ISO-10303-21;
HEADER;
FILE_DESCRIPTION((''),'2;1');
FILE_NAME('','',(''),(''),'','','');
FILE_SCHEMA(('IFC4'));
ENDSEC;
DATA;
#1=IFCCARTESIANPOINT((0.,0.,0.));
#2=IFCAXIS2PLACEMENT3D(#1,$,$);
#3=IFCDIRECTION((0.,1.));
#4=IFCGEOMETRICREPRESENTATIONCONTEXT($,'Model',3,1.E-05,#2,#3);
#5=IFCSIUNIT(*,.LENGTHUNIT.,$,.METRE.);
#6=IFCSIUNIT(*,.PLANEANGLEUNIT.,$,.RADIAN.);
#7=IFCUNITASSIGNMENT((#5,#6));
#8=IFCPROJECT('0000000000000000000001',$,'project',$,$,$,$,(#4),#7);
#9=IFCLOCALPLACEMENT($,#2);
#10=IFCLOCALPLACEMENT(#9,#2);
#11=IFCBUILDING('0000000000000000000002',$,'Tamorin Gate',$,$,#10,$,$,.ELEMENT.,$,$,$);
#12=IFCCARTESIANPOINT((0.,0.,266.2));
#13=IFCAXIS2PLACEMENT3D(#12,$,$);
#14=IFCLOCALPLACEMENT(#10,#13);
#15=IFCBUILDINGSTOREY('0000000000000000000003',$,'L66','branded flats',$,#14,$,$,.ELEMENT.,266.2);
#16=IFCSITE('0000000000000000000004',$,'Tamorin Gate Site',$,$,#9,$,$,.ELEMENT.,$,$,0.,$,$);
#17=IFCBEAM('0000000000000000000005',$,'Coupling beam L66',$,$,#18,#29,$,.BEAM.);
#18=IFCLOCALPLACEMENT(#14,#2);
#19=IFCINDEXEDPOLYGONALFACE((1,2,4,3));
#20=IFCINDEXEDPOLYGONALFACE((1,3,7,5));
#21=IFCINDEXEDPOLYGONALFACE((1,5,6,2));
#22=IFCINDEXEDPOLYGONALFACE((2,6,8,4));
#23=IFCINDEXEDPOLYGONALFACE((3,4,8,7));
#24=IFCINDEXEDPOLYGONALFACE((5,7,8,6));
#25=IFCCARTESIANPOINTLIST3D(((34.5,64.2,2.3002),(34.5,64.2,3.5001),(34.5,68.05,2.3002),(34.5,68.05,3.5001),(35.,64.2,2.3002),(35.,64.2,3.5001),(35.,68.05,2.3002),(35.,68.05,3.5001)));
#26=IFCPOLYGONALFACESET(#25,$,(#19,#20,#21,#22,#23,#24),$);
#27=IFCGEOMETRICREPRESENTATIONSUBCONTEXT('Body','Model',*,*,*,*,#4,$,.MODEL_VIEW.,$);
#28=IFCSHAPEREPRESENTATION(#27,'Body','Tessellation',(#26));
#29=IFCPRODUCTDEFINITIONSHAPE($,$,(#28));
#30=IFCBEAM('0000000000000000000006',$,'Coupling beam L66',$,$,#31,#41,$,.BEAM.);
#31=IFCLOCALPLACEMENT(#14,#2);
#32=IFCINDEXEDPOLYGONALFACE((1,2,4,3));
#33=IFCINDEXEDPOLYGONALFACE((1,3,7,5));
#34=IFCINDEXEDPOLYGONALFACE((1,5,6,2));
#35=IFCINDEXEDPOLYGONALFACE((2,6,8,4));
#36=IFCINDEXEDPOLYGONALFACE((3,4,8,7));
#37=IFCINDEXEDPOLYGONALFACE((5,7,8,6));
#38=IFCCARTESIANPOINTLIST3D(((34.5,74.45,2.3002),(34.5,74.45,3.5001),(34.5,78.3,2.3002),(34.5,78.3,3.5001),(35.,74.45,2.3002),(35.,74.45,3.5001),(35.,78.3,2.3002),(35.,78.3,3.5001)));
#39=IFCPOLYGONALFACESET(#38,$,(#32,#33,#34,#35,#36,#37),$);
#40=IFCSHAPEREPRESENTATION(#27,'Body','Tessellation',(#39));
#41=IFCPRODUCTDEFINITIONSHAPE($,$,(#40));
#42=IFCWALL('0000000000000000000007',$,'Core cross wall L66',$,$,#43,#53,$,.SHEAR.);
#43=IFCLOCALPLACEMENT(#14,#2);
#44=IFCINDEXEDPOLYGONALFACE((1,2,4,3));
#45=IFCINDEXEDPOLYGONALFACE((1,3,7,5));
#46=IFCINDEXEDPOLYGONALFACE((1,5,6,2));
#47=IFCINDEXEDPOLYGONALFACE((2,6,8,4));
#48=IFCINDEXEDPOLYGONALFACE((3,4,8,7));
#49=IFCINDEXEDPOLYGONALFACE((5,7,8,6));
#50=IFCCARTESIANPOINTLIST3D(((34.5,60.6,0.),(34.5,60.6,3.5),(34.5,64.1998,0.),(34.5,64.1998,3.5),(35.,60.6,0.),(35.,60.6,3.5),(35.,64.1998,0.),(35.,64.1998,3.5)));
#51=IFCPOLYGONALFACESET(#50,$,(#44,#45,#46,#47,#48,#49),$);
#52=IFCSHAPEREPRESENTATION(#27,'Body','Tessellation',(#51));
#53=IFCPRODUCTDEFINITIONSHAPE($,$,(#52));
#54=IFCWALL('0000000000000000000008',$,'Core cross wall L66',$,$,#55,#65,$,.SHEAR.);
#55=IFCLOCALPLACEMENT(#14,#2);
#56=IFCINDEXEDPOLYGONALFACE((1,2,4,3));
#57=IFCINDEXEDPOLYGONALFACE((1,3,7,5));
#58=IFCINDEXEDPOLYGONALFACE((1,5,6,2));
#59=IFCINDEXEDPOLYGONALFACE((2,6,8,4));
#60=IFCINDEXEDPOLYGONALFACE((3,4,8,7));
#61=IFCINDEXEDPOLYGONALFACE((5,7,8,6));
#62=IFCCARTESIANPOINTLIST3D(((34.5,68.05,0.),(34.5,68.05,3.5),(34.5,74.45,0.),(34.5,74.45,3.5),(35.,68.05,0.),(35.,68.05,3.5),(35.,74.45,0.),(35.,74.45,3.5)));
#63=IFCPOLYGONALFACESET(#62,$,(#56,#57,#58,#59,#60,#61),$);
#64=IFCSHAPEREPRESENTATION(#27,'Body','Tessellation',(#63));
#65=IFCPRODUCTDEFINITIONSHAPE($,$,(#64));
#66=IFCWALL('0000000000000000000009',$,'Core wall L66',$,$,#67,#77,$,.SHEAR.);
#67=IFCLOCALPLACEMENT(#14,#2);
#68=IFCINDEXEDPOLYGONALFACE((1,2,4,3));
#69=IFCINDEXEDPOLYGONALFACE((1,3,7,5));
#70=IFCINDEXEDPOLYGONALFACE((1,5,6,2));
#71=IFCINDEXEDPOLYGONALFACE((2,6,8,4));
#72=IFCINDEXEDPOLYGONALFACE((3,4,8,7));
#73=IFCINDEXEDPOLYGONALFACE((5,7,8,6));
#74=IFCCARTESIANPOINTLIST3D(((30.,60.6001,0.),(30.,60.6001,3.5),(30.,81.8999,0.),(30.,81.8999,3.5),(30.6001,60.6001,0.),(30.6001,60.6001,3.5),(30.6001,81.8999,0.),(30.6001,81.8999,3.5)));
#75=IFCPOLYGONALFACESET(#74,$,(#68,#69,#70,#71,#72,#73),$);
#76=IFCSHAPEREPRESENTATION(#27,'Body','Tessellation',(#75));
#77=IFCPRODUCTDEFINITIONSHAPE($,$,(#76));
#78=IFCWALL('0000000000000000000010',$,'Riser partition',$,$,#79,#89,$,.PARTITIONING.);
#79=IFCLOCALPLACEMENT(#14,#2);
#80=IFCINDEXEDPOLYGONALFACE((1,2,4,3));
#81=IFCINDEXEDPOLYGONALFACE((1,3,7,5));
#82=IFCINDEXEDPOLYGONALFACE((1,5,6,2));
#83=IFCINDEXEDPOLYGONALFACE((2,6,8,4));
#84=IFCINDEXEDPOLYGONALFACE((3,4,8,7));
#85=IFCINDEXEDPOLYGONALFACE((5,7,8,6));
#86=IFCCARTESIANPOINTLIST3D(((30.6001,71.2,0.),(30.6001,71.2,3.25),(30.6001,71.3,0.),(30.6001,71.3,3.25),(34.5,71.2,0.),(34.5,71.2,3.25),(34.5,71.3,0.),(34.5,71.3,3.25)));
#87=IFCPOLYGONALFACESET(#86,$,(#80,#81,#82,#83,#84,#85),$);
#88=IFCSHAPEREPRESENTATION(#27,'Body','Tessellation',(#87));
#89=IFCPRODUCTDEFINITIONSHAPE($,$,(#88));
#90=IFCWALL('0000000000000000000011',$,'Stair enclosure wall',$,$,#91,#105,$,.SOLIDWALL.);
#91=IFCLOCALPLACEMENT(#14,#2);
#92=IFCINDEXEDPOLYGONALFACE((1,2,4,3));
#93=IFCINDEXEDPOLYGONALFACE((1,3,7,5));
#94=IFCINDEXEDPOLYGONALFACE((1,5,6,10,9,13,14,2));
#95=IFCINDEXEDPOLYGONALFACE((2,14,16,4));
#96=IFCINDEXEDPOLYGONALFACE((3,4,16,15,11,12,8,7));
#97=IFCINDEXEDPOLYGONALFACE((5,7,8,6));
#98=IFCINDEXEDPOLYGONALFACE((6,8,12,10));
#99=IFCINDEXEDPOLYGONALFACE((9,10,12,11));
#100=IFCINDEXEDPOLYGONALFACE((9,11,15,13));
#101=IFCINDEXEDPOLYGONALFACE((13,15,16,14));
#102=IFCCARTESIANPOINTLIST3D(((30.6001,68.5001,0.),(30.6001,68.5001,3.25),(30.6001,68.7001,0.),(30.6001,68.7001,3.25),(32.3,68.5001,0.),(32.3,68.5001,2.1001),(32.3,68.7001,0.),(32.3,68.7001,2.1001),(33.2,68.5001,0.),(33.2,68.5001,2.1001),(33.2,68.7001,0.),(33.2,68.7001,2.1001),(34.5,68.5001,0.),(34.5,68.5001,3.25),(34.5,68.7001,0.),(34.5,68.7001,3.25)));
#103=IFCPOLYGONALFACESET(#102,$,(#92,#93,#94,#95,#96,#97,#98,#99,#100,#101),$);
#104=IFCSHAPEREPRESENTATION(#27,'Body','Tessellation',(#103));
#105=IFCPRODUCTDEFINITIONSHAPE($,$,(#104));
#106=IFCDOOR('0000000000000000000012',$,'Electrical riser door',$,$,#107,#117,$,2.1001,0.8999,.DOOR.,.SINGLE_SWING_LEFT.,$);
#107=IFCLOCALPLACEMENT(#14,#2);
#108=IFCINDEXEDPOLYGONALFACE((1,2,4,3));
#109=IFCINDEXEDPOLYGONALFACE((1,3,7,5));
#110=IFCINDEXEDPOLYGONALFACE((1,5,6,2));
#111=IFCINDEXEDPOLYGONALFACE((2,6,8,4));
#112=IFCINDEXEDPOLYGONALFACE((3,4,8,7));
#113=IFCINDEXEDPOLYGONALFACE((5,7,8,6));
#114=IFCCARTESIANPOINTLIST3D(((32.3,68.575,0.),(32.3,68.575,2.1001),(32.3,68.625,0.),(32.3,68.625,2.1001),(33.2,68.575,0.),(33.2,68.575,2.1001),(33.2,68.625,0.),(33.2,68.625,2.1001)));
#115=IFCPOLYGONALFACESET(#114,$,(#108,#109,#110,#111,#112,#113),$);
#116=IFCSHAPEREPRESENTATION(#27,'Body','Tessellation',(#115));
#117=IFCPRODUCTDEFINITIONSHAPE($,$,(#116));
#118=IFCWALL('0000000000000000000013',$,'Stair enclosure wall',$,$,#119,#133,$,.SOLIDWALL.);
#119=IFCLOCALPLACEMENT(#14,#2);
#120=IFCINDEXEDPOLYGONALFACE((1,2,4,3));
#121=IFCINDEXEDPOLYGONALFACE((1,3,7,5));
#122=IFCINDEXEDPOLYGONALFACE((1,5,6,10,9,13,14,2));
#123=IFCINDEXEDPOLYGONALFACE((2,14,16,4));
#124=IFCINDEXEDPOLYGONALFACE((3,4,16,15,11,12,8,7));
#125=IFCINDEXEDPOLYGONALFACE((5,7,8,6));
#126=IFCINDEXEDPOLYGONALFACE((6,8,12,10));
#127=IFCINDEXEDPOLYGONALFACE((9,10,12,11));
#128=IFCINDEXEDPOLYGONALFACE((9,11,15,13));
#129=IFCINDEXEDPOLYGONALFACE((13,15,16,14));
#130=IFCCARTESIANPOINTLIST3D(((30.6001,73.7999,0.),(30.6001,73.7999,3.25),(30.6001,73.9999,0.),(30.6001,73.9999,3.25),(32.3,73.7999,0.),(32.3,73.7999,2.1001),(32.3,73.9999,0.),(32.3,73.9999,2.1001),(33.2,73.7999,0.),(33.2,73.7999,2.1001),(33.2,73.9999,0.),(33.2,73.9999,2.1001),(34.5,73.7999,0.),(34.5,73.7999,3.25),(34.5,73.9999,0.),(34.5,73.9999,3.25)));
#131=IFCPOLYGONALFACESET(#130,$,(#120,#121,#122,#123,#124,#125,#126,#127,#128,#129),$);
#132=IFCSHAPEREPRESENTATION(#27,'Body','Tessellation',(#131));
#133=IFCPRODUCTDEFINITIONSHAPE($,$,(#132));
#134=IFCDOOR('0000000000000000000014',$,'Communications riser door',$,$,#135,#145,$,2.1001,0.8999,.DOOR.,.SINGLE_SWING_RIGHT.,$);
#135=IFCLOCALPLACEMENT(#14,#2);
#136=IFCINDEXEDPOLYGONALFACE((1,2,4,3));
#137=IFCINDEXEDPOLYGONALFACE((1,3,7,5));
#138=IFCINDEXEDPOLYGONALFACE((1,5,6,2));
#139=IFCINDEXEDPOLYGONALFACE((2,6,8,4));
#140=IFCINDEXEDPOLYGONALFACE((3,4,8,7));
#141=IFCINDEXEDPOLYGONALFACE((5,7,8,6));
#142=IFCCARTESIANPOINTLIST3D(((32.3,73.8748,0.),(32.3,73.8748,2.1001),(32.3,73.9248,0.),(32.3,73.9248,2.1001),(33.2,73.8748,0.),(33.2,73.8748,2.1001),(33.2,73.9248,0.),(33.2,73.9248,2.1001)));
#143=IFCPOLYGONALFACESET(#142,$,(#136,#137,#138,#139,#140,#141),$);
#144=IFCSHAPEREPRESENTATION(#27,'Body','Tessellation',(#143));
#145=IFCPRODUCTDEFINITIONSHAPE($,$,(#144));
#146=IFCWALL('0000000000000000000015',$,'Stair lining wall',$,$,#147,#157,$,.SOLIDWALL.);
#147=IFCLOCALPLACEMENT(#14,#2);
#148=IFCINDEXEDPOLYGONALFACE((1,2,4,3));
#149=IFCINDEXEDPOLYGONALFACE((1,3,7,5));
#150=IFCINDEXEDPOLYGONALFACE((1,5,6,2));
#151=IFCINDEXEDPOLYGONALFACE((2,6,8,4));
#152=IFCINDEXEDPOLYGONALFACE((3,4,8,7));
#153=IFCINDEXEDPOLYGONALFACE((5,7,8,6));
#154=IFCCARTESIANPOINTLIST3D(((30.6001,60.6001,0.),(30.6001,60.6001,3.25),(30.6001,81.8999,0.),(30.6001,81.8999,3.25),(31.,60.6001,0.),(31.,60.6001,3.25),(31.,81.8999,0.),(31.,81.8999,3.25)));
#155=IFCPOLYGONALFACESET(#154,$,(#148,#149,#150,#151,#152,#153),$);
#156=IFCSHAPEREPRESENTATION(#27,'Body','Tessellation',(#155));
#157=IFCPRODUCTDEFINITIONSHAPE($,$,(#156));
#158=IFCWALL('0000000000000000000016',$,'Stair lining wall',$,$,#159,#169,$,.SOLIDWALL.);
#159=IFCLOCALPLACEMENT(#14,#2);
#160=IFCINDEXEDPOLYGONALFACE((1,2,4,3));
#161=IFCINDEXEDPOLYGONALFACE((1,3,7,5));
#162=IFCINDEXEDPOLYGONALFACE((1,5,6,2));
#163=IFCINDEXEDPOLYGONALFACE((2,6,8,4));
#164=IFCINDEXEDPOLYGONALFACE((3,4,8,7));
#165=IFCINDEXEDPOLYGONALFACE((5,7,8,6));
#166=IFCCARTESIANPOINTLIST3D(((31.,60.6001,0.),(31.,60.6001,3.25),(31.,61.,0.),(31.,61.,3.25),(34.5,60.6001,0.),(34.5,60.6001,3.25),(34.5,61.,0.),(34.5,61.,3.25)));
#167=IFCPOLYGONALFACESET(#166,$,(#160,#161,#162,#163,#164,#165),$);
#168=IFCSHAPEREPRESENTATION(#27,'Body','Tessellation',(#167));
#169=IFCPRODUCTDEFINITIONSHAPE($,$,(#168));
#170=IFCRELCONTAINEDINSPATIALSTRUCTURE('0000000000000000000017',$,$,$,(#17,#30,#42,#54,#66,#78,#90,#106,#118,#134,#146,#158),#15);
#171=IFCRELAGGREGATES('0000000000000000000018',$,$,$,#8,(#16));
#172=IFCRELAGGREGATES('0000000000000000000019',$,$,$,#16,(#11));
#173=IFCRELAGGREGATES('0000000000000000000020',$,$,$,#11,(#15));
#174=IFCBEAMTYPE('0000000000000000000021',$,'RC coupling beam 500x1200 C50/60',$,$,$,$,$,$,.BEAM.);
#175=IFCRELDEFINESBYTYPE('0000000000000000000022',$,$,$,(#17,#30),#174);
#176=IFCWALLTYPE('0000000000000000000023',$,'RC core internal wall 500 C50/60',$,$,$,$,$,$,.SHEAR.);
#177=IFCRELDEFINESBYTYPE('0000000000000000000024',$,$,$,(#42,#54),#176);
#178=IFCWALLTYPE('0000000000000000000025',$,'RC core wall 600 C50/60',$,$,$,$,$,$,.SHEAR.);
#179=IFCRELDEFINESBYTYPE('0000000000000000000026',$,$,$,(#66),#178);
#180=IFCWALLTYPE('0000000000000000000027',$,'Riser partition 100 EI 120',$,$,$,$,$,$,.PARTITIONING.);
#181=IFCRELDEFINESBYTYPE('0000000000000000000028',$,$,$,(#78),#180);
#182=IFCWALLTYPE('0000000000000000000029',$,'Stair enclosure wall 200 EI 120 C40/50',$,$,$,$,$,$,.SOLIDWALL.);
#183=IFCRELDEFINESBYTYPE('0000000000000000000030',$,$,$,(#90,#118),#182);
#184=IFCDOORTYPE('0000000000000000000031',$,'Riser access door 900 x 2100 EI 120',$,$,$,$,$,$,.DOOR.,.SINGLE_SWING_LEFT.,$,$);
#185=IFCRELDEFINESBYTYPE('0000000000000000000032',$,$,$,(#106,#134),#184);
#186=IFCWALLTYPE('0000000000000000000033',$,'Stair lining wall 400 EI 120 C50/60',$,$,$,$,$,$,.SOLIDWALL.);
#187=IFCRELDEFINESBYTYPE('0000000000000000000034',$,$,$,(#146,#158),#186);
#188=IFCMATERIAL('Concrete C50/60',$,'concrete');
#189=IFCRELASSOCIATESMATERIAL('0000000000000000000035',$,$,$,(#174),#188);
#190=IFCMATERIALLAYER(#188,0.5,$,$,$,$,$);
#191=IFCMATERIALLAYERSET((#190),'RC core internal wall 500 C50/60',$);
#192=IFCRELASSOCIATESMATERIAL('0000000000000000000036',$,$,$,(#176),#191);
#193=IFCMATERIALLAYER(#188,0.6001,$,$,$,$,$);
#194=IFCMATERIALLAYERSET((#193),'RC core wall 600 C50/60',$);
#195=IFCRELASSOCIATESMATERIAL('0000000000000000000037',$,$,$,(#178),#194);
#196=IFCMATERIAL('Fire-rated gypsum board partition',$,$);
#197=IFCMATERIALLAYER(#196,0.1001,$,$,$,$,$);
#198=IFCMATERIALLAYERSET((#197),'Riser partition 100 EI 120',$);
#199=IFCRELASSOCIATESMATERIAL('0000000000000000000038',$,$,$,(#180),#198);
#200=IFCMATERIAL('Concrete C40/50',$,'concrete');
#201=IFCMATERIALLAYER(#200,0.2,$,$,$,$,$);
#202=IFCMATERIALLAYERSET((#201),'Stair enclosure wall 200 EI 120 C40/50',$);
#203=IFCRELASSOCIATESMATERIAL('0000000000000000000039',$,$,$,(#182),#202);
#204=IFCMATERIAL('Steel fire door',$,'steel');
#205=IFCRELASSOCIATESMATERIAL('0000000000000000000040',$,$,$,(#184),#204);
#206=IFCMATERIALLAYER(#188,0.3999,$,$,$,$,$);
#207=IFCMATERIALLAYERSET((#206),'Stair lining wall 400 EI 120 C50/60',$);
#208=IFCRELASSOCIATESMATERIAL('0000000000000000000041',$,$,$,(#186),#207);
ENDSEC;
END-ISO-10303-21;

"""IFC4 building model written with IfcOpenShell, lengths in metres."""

from ifc_helpers import new_model, si_unit, direction, frame, frame_2d, origin, origin_2d, place, context, subcontext, project, spatial, rectangle, extrude, material, layer, layer_set, material_profile, profile_set, type_object, element, fill, save


model = new_model("IFC4")

# Units and contexts
model_context = context("Model", 3, precision=1e-05, world=origin(), true_north=direction((0.0, 1.0)))
body_context = subcontext(model_context, "Body", "Model", "MODEL_VIEW")
ifc_project = project(units=[si_unit("LENGTHUNIT", "METRE"), si_unit("PLANEANGLEUNIT", "RADIAN")], contexts=[model_context])

# Site, building, storey
site_placement = place(None, origin())
site = spatial("IfcSite", under=ifc_project, at=site_placement, Name="Tamorin Gate Site", CompositionType="ELEMENT", RefElevation=0.0)
building_placement = place(site_placement, origin())
building = spatial("IfcBuilding", under=site, at=building_placement, Name="Tamorin Gate", CompositionType="ELEMENT")
storey_placement = place(building_placement, frame((0.0, 0.0, 266.2)))
storey = spatial("IfcBuildingStorey", under=building, at=storey_placement, Name="L66", Description="branded flats", CompositionType="ELEMENT", Elevation=266.2)

# Beams
ifc_material_1 = material(Name="Concrete C50/60", Category="concrete")
ifc_material_profile = material_profile(ifc_material_1, rectangle(XDim=0.5, YDim=1.2, at=origin_2d()), Name="RC 500x1200")
ifc_profile_set = profile_set([ifc_material_profile], Name="Concrete C50/60")
beam_type = type_object("IfcBeamType", Name="RC coupling beam 500x1200 C50/60", PredefinedType="BEAM", material=ifc_profile_set)
for number, where, z_axis, x_axis, name in (
    (1, (34.75, 64.2, 2.9001), (0.0, 1.0, 0.0), (-1.0, 0.0, 0.0), "Coupling beam L66"),
    (2, (34.75, 74.45, 2.9001), (0.0, 1.0, 0.0), (-1.0, 0.0, 0.0), "Coupling beam L66"),
):
    element("IfcBeam", number, at=place(storey_placement, frame(where, z_axis=z_axis, x_axis=x_axis)), inside=storey, type_object=beam_type, Name=name, PredefinedType="BEAM", context=body_context, shape_type="SweptSolid", body=[
        extrude(rectangle(XDim=0.5, YDim=1.2, at=origin_2d()), origin(), (0.0, 0.0, 1.0), 3.8501),
    ])

# Walls
ifc_layer_1 = layer(ifc_material_1, 0.5)
ifc_layer_set_1 = layer_set([ifc_layer_1], Name="RC core internal wall 500 C50/60")
wall_type_1 = type_object("IfcWallType", Name="RC core internal wall 500 C50/60", PredefinedType="SHEAR", material=ifc_layer_set_1)
wall_1_placement = place(storey_placement, frame((34.75, 60.6001, 0.0), z_axis=(0.0, 0.0, 1.0), x_axis=(0.0, 1.0, 0.0)))
element("IfcWall", 3, at=wall_1_placement, inside=storey, type_object=wall_type_1, Name="Core cross wall L66", PredefinedType="SHEAR", context=body_context, shape_type="SweptSolid", body=[
    extrude(rectangle(XDim=3.5999, YDim=0.5, at=frame_2d((1.7998, 0.0))), origin(), (0.0, 0.0, 1.0), 3.5),
])
wall_2_placement = place(storey_placement, frame((34.75, 68.05, 0.0), z_axis=(0.0, 0.0, 1.0), x_axis=(0.0, 1.0, 0.0)))
element("IfcWall", 4, at=wall_2_placement, inside=storey, type_object=wall_type_1, Name="Core cross wall L66", PredefinedType="SHEAR", context=body_context, shape_type="SweptSolid", body=[
    extrude(rectangle(XDim=6.3999, YDim=0.5, at=frame_2d((3.2, 0.0))), origin(), (0.0, 0.0, 1.0), 3.5),
])
ifc_layer_2 = layer(ifc_material_1, 0.6001)
ifc_layer_set_2 = layer_set([ifc_layer_2], Name="RC core wall 600 C50/60")
wall_type_2 = type_object("IfcWallType", Name="RC core wall 600 C50/60", PredefinedType="SHEAR", material=ifc_layer_set_2)
wall_3_placement = place(storey_placement, frame((30.3, 60.6001, 0.0), z_axis=(0.0, 0.0, 1.0), x_axis=(0.0, 1.0, 0.0)))
element("IfcWall", 5, at=wall_3_placement, inside=storey, type_object=wall_type_2, Name="Core wall L66", PredefinedType="SHEAR", context=body_context, shape_type="SweptSolid", body=[
    extrude(rectangle(XDim=21.2998, YDim=0.6001, at=frame_2d((10.6499, 0.0))), origin(), (0.0, 0.0, 1.0), 3.5),
])
ifc_material_2 = material(Name="Fire-rated gypsum board partition")
ifc_layer_3 = layer(ifc_material_2, 0.1001)
ifc_layer_set_3 = layer_set([ifc_layer_3], Name="Riser partition 100 EI 120")
wall_type_3 = type_object("IfcWallType", Name="Riser partition 100 EI 120", PredefinedType="PARTITIONING", material=ifc_layer_set_3)
wall_4_placement = place(storey_placement, frame((30.6001, 71.25, 0.0), z_axis=(0.0, 0.0, 1.0), x_axis=(1.0, 0.0, 0.0)))
element("IfcWall", 6, at=wall_4_placement, inside=storey, type_object=wall_type_3, Name="Riser partition", PredefinedType="PARTITIONING", context=body_context, shape_type="SweptSolid", body=[
    extrude(rectangle(XDim=3.8999, YDim=0.1001, at=frame_2d((1.95, 0.0))), origin(), (0.0, 0.0, 1.0), 3.25),
])

# Walls, openings, doors
ifc_material_3 = material(Name="Concrete C40/50", Category="concrete")
ifc_layer_4 = layer(ifc_material_3, 0.2)
ifc_layer_set_4 = layer_set([ifc_layer_4], Name="Stair enclosure wall 200 EI 120 C40/50")
wall_type_4 = type_object("IfcWallType", Name="Stair enclosure wall 200 EI 120 C40/50", PredefinedType="SOLIDWALL", material=ifc_layer_set_4)
wall_5_placement = place(storey_placement, frame((30.6001, 68.6001, 0.0), z_axis=(0.0, 0.0, 1.0), x_axis=(1.0, 0.0, 0.0)))
wall_5 = element("IfcWall", 7, at=wall_5_placement, inside=storey, type_object=wall_type_4, Name="Stair enclosure wall", PredefinedType="SOLIDWALL", context=body_context, shape_type="SweptSolid", body=[
    extrude(rectangle(XDim=3.8999, YDim=0.2, at=frame_2d((1.95, 0.0))), origin(), (0.0, 0.0, 1.0), 3.25),
])
opening_1_placement = place(wall_5_placement, frame((1.7, 0.0, 0.0)))
opening_1 = element("IfcOpeningElement", 8, at=opening_1_placement, cuts=wall_5, PredefinedType="OPENING", context=body_context, shape_type="SweptSolid", body=[
    extrude(rectangle(XDim=0.8999, YDim=2.1001, at=frame_2d((0.45, 1.05))), frame((0.0, 0.1099, 0.0), z_axis=(0.0, -1.0, 0.0), x_axis=(1.0, 0.0, 0.0)), (0.0, 0.0, 1.0), 0.22),
])
ifc_material_4 = material(Name="Steel fire door", Category="steel")
door_type_1 = type_object("IfcDoorType", Name="Riser access door 900 x 2100 EI 120", OperationType="SINGLE_SWING_LEFT", PredefinedType="DOOR", material=ifc_material_4)
door_1_placement = place(opening_1_placement, origin())
door_1 = element("IfcDoor", 9, at=door_1_placement, inside=storey, type_object=door_type_1, Name="Electrical riser door", OperationType="SINGLE_SWING_LEFT", OverallHeight=2.1001, OverallWidth=0.8999, PredefinedType="DOOR", context=body_context, shape_type="SweptSolid", body=[
    extrude(rectangle(XDim=0.8999, YDim=2.1001, at=frame_2d((0.45, 1.05))), frame((0.0, 0.0249, 0.0), z_axis=(0.0, -1.0, 0.0), x_axis=(1.0, 0.0, 0.0)), (0.0, 0.0, 1.0), 0.05),
])
fill(opening_1, door_1)
wall_6_placement = place(storey_placement, frame((30.6001, 73.8999, 0.0), z_axis=(0.0, 0.0, 1.0), x_axis=(1.0, 0.0, 0.0)))
wall_6 = element("IfcWall", 10, at=wall_6_placement, inside=storey, type_object=wall_type_4, Name="Stair enclosure wall", PredefinedType="SOLIDWALL", context=body_context, shape_type="SweptSolid", body=[
    extrude(rectangle(XDim=3.8999, YDim=0.2, at=frame_2d((1.95, 0.0))), origin(), (0.0, 0.0, 1.0), 3.25),
])
opening_2_placement = place(wall_6_placement, frame((1.7, 0.0, 0.0)))
opening_2 = element("IfcOpeningElement", 11, at=opening_2_placement, cuts=wall_6, PredefinedType="OPENING", context=body_context, shape_type="SweptSolid", body=[
    extrude(rectangle(XDim=0.8999, YDim=2.1001, at=frame_2d((0.45, 1.05))), frame((0.0, 0.1099, 0.0), z_axis=(0.0, -1.0, 0.0), x_axis=(1.0, 0.0, 0.0)), (0.0, 0.0, 1.0), 0.22),
])
door_2_placement = place(opening_2_placement, origin())
door_2 = element("IfcDoor", 12, at=door_2_placement, inside=storey, type_object=door_type_1, Name="Communications riser door", OperationType="SINGLE_SWING_RIGHT", OverallHeight=2.1001, OverallWidth=0.8999, PredefinedType="DOOR", context=body_context, shape_type="SweptSolid", body=[
    extrude(rectangle(XDim=0.8999, YDim=2.1001, at=frame_2d((0.45, 1.05))), frame((0.0, 0.0249, 0.0), z_axis=(0.0, -1.0, 0.0), x_axis=(1.0, 0.0, 0.0)), (0.0, 0.0, 1.0), 0.05),
])
fill(opening_2, door_2)

# Walls
ifc_layer_5 = layer(ifc_material_1, 0.3999)
ifc_layer_set_5 = layer_set([ifc_layer_5], Name="Stair lining wall 400 EI 120 C50/60")
wall_type_5 = type_object("IfcWallType", Name="Stair lining wall 400 EI 120 C50/60", PredefinedType="SOLIDWALL", material=ifc_layer_set_5)
wall_7_placement = place(storey_placement, frame((30.8, 60.6001, 0.0), z_axis=(0.0, 0.0, 1.0), x_axis=(0.0, 1.0, 0.0)))
element("IfcWall", 13, at=wall_7_placement, inside=storey, type_object=wall_type_5, Name="Stair lining wall", PredefinedType="SOLIDWALL", context=body_context, shape_type="SweptSolid", body=[
    extrude(rectangle(XDim=21.2998, YDim=0.3999, at=frame_2d((10.6499, 0.0))), origin(), (0.0, 0.0, 1.0), 3.25),
])
wall_8_placement = place(storey_placement, frame((31.0, 60.8, 0.0), z_axis=(0.0, 0.0, 1.0), x_axis=(1.0, 0.0, 0.0)))
element("IfcWall", 14, at=wall_8_placement, inside=storey, type_object=wall_type_5, Name="Stair lining wall", PredefinedType="SOLIDWALL", context=body_context, shape_type="SweptSolid", body=[
    extrude(rectangle(XDim=3.5, YDim=0.3999, at=frame_2d((1.75, 0.0))), origin(), (0.0, 0.0, 1.0), 3.25),
])

save(model, "model.ifc")
